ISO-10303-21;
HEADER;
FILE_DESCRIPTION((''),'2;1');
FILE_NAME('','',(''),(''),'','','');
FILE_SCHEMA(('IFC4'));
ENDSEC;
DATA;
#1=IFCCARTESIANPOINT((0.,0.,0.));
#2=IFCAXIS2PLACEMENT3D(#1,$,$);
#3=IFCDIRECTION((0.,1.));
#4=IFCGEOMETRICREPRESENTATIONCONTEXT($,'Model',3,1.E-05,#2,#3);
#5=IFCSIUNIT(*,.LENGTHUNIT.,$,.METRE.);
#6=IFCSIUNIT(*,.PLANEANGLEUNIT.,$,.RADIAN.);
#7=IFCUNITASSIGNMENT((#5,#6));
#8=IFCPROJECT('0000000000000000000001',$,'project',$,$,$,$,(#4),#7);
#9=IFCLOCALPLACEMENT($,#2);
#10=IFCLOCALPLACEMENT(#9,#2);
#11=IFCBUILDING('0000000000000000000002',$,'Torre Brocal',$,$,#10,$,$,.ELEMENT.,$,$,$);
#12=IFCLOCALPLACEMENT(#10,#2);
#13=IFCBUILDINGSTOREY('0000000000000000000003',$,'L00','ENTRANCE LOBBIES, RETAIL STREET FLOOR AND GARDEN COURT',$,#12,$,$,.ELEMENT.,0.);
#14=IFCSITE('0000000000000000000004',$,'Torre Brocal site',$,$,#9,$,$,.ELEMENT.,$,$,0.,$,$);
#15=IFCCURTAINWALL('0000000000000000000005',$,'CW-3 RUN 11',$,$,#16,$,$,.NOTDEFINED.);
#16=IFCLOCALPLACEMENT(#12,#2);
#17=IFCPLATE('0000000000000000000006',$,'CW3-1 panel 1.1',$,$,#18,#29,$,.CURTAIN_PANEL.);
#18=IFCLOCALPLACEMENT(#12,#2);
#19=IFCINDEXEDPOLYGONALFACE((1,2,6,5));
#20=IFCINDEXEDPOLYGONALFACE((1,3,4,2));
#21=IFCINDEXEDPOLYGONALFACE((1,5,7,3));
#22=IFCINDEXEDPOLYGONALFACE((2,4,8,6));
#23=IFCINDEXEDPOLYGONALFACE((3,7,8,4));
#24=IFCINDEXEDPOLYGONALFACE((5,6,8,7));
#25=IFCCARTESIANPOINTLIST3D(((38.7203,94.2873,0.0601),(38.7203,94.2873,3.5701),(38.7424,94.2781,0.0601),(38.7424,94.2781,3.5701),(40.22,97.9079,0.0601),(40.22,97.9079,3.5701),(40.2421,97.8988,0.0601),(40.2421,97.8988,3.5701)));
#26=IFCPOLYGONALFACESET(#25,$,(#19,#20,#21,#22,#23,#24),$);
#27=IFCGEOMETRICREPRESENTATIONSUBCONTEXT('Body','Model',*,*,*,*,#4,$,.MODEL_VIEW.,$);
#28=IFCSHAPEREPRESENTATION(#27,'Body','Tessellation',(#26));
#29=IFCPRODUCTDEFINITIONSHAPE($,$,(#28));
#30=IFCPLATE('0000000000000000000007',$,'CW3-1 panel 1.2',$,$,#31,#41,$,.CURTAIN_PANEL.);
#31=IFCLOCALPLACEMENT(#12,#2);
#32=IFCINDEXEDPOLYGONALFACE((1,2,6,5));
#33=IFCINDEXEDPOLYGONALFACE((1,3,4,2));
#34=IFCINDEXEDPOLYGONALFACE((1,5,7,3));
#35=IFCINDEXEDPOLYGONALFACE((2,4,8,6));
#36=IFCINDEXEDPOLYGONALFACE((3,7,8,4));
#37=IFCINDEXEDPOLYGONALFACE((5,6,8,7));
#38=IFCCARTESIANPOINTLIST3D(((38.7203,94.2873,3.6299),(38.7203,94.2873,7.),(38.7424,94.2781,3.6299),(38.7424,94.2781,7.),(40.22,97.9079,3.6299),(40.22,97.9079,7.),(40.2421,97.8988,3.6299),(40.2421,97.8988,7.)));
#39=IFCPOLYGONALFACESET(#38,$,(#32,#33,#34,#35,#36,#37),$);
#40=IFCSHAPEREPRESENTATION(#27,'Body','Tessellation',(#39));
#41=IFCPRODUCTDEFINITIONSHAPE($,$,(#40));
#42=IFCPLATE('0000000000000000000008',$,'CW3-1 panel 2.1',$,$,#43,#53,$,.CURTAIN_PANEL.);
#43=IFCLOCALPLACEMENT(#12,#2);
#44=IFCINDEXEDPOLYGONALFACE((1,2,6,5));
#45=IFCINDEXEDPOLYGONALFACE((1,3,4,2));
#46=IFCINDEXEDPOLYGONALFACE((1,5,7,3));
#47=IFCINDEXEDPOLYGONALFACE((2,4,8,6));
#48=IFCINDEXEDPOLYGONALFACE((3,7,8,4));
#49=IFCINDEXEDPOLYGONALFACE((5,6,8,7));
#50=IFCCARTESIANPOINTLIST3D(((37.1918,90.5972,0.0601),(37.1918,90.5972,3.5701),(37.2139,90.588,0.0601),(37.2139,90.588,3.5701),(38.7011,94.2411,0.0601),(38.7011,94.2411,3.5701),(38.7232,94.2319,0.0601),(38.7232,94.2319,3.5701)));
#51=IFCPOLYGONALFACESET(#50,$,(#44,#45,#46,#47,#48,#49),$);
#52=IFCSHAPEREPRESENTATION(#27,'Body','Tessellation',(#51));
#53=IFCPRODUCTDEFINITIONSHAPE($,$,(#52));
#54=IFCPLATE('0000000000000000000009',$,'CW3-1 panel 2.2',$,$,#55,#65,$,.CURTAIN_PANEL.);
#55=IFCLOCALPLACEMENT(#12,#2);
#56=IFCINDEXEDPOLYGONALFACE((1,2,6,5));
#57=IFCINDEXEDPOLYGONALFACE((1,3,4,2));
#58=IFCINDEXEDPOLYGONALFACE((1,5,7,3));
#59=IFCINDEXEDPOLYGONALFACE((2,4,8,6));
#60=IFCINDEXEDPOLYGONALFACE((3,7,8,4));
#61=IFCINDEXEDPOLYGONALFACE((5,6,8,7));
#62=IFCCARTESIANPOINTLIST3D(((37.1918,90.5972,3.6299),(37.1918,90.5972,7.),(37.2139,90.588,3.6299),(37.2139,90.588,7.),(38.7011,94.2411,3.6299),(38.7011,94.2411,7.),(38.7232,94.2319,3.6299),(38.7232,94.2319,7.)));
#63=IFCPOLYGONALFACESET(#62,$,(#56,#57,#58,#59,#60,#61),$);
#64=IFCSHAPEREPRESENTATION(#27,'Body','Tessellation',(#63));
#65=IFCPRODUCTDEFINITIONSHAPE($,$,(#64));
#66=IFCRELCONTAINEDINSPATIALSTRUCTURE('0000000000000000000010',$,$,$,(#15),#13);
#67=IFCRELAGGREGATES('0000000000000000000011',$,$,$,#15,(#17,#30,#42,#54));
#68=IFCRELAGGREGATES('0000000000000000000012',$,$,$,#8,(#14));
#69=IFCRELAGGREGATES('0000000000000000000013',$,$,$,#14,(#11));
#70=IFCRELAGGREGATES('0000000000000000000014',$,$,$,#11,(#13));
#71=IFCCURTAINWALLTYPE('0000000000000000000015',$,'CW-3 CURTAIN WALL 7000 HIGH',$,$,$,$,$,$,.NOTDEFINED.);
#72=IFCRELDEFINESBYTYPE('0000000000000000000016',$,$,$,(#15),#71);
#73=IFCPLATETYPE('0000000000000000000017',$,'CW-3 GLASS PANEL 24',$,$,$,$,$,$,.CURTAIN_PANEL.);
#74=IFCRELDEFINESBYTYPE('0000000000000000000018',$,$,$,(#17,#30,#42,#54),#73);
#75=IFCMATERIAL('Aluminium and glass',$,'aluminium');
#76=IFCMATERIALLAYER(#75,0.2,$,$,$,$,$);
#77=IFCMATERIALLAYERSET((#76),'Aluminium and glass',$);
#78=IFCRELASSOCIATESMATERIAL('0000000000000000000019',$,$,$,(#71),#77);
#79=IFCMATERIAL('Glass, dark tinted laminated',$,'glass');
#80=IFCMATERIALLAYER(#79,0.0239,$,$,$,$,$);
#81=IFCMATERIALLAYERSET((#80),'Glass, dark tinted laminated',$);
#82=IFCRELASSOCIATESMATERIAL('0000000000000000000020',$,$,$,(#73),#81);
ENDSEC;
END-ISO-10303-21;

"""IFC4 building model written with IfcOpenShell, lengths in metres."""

from ifc_helpers import new_model, si_unit, direction, frame, origin, origin_2d, place, context, subcontext, project, spatial, rectangle, extrude, material, layer, layer_set, type_object, element, aggregate, save


model = new_model("IFC4")

# Units and contexts
model_context = context("Model", 3, precision=1e-05, world=origin(), true_north=direction((0.0, 1.0)))
body_context = subcontext(model_context, "Body", "Model", "MODEL_VIEW")
ifc_project = project(units=[si_unit("LENGTHUNIT", "METRE"), si_unit("PLANEANGLEUNIT", "RADIAN")], contexts=[model_context])

# Site, building, storey
site_placement = place(None, origin())
site = spatial("IfcSite", under=ifc_project, at=site_placement, Name="Torre Brocal site", CompositionType="ELEMENT", RefElevation=0.0)
building_placement = place(site_placement, origin())
building = spatial("IfcBuilding", under=site, at=building_placement, Name="Torre Brocal", CompositionType="ELEMENT")
storey_placement = place(building_placement, origin())
storey = spatial("IfcBuildingStorey", under=building, at=storey_placement, Name="L00", Description="ENTRANCE LOBBIES, RETAIL STREET FLOOR AND GARDEN COURT", CompositionType="ELEMENT", Elevation=0.0)

# Curtain wall
ifc_material_1 = material(Name="Aluminium and glass", Category="aluminium")
ifc_layer_1 = layer(ifc_material_1, 0.2)
ifc_layer_set_1 = layer_set([ifc_layer_1], Name="Aluminium and glass")
curtain_wall_type = type_object("IfcCurtainWallType", Name="CW-3 CURTAIN WALL 7000 HIGH", PredefinedType="NOTDEFINED", material=ifc_layer_set_1)
curtain_wall_placement = place(storey_placement, origin())
curtain_wall = element("IfcCurtainWall", 1, at=curtain_wall_placement, inside=storey, type_object=curtain_wall_type, Name="CW-3 RUN 11", PredefinedType="NOTDEFINED")

# Plates
ifc_material_2 = material(Name="Glass, dark tinted laminated", Category="glass")
ifc_layer_2 = layer(ifc_material_2, 0.0239)
ifc_layer_set_2 = layer_set([ifc_layer_2], Name="Glass, dark tinted laminated")
plate_type = type_object("IfcPlateType", Name="CW-3 GLASS PANEL 24", PredefinedType="CURTAIN_PANEL", material=ifc_layer_set_2)
plate_1_placement = place(storey_placement, frame((39.4812, 96.093, 0.0601), z_axis=(0.0, 0.0, 1.0), x_axis=(-0.382683, -0.92388, 0.0)))
plate_1 = element("IfcPlate", 2, at=plate_1_placement, type_object=plate_type, Name="CW3-1 panel 1.1", PredefinedType="CURTAIN_PANEL", context=body_context, shape_type="SweptSolid", body=[
    extrude(rectangle(XDim=3.9189, YDim=0.0239, at=origin_2d()), origin(), (0.0, 0.0, 1.0), 3.51),
])
plate_2_placement = place(storey_placement, frame((39.4812, 96.093, 3.6299), z_axis=(0.0, 0.0, 1.0), x_axis=(-0.382683, -0.92388, 0.0)))
plate_2 = element("IfcPlate", 3, at=plate_2_placement, type_object=plate_type, Name="CW3-1 panel 1.2", PredefinedType="CURTAIN_PANEL", context=body_context, shape_type="SweptSolid", body=[
    extrude(rectangle(XDim=3.9189, YDim=0.0239, at=origin_2d()), origin(), (0.0, 0.0, 1.0), 3.3701),
])
plate_3_placement = place(storey_placement, frame((37.9575, 92.4146, 0.0601), z_axis=(0.0, 0.0, 1.0), x_axis=(-0.382683, -0.92388, 0.0)))
plate_3 = element("IfcPlate", 4, at=plate_3_placement, type_object=plate_type, Name="CW3-1 panel 2.1", PredefinedType="CURTAIN_PANEL", context=body_context, shape_type="SweptSolid", body=[
    extrude(rectangle(XDim=3.9441, YDim=0.0239, at=origin_2d()), origin(), (0.0, 0.0, 1.0), 3.51),
])
plate_4_placement = place(storey_placement, frame((37.9575, 92.4146, 3.6299), z_axis=(0.0, 0.0, 1.0), x_axis=(-0.382683, -0.92388, 0.0)))
plate_4 = element("IfcPlate", 5, at=plate_4_placement, type_object=plate_type, Name="CW3-1 panel 2.2", PredefinedType="CURTAIN_PANEL", context=body_context, shape_type="SweptSolid", body=[
    extrude(rectangle(XDim=3.9441, YDim=0.0239, at=origin_2d()), origin(), (0.0, 0.0, 1.0), 3.3701),
])
aggregate(curtain_wall, [plate_1, plate_2, plate_3, plate_4])

save(model, "model.ifc")
